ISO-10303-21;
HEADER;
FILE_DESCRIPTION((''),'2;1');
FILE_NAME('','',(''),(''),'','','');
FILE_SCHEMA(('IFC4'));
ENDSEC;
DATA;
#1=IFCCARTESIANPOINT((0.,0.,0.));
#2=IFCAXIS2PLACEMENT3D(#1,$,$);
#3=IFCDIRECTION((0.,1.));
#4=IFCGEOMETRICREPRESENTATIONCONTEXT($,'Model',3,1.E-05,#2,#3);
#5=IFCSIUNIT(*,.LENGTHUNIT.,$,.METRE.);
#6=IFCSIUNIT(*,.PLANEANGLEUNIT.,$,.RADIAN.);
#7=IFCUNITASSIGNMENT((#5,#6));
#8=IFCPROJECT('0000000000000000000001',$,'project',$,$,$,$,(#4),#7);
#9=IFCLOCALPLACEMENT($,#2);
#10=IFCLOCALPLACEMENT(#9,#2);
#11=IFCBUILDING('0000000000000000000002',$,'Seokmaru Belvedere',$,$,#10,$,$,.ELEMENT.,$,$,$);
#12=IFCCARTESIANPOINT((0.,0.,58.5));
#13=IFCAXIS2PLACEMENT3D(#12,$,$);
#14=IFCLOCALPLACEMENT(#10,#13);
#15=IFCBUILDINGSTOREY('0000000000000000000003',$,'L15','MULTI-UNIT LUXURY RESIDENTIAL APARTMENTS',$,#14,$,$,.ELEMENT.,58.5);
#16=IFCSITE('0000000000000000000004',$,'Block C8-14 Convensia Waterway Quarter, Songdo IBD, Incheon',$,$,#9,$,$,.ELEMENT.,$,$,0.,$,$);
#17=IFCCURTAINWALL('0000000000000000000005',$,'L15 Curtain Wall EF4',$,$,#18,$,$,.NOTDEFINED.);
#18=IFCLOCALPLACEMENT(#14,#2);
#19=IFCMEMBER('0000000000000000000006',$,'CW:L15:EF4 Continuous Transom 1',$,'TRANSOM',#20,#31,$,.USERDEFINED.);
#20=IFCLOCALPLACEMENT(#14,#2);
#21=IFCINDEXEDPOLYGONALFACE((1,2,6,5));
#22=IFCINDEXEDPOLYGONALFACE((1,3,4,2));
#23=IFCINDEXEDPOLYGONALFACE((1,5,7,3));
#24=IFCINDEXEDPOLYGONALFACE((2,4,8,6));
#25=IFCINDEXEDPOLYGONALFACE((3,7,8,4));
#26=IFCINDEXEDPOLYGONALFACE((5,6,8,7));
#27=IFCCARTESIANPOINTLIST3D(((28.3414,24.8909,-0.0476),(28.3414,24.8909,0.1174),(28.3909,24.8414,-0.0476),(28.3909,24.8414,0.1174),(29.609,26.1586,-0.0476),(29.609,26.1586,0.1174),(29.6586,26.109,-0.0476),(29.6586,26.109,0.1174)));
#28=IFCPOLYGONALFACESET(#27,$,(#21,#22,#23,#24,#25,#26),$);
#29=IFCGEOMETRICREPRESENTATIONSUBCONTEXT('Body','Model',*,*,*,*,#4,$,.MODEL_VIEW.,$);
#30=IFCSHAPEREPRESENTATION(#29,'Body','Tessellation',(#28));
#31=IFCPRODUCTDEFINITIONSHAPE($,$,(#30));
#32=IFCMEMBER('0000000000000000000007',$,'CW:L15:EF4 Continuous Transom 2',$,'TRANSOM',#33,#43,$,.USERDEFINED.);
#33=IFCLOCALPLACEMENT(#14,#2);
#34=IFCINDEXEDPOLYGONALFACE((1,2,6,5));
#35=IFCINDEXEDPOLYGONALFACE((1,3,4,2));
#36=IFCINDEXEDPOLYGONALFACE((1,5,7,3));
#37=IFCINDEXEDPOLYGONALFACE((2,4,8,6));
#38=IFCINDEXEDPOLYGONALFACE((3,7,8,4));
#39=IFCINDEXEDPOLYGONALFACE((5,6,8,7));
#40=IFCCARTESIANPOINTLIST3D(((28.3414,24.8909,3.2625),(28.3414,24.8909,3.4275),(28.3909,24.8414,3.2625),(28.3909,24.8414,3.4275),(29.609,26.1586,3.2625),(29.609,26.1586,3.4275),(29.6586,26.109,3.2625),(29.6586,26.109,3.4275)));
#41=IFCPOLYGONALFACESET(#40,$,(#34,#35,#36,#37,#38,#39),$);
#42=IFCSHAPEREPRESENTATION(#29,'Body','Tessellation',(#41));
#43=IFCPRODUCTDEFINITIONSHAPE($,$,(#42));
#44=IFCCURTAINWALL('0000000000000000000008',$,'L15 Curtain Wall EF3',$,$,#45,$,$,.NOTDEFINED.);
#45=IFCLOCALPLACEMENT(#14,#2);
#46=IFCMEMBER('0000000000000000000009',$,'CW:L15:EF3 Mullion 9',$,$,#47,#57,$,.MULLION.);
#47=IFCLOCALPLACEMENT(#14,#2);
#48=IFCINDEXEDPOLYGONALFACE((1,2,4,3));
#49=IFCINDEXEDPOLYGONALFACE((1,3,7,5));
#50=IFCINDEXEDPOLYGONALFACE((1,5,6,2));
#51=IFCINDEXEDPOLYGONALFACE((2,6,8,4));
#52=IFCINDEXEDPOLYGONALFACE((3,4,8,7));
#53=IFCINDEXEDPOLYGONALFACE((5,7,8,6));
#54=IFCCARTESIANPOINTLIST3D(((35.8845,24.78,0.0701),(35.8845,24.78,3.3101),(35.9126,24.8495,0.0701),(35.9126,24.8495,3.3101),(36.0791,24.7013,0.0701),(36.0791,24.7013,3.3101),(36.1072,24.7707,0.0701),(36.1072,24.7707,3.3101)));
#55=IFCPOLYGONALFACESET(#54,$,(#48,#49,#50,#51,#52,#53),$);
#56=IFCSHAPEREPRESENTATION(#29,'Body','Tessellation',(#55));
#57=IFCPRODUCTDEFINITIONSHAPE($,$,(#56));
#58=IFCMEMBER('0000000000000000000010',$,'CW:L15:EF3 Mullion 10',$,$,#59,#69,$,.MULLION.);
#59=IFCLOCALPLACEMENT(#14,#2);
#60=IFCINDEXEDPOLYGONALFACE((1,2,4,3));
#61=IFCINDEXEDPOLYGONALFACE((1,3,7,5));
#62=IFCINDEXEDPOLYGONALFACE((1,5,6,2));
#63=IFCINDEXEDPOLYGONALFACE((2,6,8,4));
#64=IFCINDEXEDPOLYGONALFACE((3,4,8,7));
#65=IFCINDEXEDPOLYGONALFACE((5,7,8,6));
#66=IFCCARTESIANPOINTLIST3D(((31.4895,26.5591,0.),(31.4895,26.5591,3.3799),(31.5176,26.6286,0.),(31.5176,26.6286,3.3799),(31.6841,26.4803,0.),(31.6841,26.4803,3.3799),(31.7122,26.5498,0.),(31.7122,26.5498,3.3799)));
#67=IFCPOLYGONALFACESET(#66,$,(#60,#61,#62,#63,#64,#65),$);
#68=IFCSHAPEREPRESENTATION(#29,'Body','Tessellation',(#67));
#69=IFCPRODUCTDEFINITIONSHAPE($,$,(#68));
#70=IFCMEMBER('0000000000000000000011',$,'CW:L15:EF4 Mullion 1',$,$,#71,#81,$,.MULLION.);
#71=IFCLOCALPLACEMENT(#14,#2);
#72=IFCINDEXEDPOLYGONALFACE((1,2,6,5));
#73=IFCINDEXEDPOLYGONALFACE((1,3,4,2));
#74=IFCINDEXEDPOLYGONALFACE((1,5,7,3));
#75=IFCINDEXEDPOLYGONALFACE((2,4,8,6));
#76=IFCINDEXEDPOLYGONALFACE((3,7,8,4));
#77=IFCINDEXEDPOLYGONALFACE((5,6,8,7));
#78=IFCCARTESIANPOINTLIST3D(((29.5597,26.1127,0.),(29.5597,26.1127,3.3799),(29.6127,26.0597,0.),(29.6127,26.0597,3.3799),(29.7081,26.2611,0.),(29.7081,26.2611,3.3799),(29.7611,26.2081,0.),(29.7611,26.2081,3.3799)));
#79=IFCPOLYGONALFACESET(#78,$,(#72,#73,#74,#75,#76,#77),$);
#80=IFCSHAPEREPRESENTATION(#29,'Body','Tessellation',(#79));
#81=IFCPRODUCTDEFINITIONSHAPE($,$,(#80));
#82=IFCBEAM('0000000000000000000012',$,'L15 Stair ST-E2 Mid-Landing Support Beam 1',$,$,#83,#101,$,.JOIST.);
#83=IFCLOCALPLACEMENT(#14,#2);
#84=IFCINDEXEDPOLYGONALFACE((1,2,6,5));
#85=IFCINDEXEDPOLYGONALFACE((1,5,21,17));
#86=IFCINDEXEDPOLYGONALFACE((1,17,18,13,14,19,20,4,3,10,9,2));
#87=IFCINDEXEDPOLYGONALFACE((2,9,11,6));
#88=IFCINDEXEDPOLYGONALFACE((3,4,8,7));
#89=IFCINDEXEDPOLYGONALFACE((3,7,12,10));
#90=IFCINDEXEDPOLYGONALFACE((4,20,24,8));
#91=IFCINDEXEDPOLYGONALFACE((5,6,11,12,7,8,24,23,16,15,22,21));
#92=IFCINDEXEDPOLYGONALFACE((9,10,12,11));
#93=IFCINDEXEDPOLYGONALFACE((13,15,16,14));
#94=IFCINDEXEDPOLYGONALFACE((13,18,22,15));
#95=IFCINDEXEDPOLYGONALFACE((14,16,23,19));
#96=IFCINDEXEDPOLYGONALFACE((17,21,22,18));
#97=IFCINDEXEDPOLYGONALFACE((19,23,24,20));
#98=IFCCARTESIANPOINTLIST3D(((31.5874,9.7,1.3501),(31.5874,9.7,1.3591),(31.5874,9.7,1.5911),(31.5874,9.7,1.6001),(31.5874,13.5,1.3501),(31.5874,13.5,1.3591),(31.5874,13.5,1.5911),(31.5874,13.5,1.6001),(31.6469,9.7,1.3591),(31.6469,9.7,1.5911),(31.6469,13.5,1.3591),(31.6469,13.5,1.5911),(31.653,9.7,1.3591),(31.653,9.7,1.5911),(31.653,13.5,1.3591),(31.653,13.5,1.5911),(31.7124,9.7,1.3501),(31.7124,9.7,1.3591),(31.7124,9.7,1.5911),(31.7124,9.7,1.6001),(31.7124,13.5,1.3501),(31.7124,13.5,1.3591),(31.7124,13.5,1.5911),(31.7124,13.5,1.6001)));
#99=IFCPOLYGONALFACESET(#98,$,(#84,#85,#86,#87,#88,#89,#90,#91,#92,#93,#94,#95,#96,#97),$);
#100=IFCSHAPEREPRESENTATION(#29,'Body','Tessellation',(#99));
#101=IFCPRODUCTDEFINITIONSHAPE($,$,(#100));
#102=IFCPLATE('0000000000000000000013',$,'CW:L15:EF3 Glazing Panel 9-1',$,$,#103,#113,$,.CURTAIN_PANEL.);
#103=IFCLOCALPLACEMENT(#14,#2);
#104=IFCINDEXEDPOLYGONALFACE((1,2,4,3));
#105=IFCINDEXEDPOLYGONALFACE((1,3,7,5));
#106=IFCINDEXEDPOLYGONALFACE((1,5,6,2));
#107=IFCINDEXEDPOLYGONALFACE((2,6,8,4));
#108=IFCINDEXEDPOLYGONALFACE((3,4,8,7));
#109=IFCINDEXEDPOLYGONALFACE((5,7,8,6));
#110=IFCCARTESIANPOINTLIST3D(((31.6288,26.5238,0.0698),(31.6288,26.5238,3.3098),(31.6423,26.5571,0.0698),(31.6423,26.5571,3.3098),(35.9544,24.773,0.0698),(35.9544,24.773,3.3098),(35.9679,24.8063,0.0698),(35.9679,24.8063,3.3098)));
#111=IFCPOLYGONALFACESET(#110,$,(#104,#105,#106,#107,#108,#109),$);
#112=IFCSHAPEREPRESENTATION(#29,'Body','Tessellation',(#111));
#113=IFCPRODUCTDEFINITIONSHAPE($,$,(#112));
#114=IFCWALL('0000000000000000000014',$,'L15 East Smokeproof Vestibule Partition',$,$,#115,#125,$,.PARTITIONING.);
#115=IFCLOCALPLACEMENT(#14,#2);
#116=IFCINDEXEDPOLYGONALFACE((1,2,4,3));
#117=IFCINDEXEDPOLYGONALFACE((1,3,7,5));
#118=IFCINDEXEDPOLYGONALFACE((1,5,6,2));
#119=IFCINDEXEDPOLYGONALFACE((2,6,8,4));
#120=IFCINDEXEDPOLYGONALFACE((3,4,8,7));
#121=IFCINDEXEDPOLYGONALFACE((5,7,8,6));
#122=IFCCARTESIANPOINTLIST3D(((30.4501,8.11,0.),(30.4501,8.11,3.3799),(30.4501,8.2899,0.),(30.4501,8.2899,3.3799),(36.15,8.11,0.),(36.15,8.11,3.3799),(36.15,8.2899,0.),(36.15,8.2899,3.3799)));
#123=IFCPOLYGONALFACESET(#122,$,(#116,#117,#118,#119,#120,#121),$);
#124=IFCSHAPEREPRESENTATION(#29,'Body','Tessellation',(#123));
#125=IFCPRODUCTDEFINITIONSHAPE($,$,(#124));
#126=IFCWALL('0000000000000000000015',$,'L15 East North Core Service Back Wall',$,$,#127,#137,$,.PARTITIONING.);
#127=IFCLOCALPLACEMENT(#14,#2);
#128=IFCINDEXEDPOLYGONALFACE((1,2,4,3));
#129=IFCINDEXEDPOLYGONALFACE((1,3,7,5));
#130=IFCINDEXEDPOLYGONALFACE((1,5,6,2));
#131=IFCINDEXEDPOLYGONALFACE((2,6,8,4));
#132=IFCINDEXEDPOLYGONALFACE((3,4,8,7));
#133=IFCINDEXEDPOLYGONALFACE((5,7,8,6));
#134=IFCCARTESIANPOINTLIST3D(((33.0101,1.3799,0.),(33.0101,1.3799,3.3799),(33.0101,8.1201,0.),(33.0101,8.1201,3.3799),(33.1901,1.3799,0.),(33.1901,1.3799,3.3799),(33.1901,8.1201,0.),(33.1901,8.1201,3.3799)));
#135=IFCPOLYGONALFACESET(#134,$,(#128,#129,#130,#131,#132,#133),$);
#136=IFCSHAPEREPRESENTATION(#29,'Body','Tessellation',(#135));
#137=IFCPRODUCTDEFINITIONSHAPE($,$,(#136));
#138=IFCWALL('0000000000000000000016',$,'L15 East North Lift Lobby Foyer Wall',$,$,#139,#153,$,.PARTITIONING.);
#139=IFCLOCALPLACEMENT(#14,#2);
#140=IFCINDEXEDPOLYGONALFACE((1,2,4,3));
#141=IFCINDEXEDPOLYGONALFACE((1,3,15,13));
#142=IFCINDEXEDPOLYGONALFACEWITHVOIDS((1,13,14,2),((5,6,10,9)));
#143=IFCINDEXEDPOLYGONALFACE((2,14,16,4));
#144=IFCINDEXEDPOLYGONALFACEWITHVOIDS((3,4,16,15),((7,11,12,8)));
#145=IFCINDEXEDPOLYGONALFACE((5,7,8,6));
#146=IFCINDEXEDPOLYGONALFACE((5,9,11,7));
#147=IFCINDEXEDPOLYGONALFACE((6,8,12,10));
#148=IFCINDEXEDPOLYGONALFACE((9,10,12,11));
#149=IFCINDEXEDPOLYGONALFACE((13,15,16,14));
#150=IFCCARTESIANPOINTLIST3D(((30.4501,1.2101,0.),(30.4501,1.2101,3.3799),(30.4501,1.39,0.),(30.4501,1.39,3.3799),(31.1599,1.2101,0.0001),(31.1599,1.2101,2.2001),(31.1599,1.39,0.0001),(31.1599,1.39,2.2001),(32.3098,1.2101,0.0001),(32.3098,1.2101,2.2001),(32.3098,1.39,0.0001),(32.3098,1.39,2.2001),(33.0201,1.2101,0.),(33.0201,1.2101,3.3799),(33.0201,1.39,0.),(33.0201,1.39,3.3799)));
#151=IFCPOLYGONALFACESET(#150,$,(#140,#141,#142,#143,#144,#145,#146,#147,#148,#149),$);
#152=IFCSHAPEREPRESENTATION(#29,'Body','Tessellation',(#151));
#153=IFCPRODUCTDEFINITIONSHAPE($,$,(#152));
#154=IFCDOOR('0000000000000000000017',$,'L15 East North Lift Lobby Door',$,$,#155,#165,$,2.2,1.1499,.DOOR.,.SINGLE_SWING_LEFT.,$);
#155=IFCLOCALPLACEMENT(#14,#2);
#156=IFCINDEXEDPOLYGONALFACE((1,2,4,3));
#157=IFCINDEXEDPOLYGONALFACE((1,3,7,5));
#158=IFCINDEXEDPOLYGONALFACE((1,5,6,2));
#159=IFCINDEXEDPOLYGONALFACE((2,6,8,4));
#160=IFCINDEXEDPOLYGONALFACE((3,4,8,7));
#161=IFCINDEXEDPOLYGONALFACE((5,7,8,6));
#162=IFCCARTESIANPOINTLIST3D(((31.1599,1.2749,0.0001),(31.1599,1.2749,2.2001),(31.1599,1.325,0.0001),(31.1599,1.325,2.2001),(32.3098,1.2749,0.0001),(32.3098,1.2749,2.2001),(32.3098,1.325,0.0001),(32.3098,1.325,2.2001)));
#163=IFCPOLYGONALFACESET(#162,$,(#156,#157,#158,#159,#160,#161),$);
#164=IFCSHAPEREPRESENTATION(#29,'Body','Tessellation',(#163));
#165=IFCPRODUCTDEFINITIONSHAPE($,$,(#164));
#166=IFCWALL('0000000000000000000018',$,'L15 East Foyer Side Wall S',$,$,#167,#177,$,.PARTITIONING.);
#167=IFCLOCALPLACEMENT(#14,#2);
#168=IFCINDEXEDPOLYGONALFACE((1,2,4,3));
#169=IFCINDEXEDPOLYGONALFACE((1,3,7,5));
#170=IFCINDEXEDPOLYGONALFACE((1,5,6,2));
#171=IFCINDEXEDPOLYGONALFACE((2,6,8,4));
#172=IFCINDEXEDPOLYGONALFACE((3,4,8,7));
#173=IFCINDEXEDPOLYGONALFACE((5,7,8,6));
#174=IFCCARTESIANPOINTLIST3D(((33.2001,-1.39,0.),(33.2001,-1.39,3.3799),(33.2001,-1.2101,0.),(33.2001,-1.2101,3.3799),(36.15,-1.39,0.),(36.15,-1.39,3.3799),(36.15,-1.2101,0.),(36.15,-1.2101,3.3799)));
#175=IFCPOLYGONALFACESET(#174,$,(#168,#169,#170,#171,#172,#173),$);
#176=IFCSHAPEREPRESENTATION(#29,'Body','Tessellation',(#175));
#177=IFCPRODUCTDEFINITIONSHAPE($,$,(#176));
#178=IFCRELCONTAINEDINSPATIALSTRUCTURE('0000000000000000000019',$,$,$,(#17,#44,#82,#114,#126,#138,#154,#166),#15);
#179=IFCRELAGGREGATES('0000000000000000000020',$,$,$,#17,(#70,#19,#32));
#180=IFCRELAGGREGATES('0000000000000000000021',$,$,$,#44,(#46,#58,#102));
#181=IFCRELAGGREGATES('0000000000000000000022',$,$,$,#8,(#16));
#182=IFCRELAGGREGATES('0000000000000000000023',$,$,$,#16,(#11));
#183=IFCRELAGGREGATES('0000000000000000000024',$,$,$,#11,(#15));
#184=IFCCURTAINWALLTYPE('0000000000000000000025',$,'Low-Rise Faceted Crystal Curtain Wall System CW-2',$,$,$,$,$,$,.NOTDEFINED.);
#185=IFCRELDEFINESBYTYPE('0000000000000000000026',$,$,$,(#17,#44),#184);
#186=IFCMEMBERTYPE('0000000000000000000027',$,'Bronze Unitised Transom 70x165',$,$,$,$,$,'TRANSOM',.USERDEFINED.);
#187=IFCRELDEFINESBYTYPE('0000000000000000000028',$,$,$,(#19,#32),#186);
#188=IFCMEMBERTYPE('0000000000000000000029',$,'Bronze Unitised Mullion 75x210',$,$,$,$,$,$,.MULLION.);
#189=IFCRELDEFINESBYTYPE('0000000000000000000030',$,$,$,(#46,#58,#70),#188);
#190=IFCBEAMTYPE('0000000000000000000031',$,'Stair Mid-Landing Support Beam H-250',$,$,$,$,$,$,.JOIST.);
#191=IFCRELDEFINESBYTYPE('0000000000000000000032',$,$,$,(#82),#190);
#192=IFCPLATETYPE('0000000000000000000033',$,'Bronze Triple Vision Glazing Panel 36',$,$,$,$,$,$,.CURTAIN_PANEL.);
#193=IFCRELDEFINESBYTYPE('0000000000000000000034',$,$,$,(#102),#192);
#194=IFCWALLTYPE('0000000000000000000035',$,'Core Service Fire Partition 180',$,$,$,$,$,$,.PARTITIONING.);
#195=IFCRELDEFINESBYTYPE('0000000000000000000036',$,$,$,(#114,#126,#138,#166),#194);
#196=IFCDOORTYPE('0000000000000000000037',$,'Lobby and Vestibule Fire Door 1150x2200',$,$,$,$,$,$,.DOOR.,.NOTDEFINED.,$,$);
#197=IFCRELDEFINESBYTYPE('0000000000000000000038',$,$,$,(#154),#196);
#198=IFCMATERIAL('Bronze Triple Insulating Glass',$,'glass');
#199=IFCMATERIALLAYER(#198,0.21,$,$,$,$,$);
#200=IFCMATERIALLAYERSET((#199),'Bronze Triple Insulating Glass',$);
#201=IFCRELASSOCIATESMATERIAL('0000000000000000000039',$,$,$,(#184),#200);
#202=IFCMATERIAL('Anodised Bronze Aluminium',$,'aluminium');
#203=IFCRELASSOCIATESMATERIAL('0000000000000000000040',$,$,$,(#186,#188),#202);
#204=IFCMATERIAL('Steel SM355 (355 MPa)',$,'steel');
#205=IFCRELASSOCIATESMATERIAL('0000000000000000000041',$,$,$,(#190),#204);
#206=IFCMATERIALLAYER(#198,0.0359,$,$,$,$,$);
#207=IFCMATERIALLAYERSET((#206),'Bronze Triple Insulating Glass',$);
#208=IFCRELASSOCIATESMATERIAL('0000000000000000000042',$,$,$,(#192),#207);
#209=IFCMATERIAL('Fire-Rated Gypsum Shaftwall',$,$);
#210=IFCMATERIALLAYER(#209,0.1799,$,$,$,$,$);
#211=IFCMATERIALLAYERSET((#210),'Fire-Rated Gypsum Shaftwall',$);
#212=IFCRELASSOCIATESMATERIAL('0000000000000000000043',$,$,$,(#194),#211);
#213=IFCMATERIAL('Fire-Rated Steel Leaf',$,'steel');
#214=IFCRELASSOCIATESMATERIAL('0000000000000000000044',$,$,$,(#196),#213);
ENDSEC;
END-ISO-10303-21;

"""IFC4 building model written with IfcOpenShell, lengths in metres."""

from ifc_helpers import new_model, si_unit, direction, frame, frame_2d, origin, origin_2d, place, context, subcontext, project, spatial, rectangle, i_section, extrude, source, transform, mapped, material, layer, layer_set, material_profile, profile_set, type_object, type_shapes, element, fill, aggregate, save


model = new_model("IFC4")

# Units and contexts
model_context = context("Model", 3, precision=1e-05, world=origin(), true_north=direction((0.0, 1.0)))
body_context = subcontext(model_context, "Body", "Model", "MODEL_VIEW")
ifc_project = project(units=[si_unit("LENGTHUNIT", "METRE"), si_unit("PLANEANGLEUNIT", "RADIAN")], contexts=[model_context])

# Site, building, storey
site_placement = place(None, origin())
site = spatial("IfcSite", under=ifc_project, at=site_placement, Name="Block C8-14 Convensia Waterway Quarter, Songdo IBD, Incheon", CompositionType="ELEMENT", RefElevation=0.0)
building_placement = place(site_placement, origin())
building = spatial("IfcBuilding", under=site, at=building_placement, Name="Seokmaru Belvedere", CompositionType="ELEMENT")
storey_placement = place(building_placement, frame((0.0, 0.0, 58.5)))
storey = spatial("IfcBuildingStorey", under=building, at=storey_placement, Name="L15", Description="MULTI-UNIT LUXURY RESIDENTIAL APARTMENTS", CompositionType="ELEMENT", Elevation=58.5)

# Shared definitions
ifc_material_1 = material(Name="Steel SM355 (355 MPa)", Category="steel")

# Curtain walls, members
ifc_material_2 = material(Name="Bronze Triple Insulating Glass", Category="glass")
ifc_layer_1 = layer(ifc_material_2, 0.21)
ifc_layer_set_1 = layer_set([ifc_layer_1], Name="Bronze Triple Insulating Glass")
curtain_wall_type = type_object("IfcCurtainWallType", Name="Low-Rise Faceted Crystal Curtain Wall System CW-2", PredefinedType="NOTDEFINED", material=ifc_layer_set_1)
curtain_wall_1_placement = place(storey_placement, origin())
curtain_wall_1 = element("IfcCurtainWall", 1, at=curtain_wall_1_placement, inside=storey, type_object=curtain_wall_type, Name="L15 Curtain Wall EF4", PredefinedType="NOTDEFINED")
ifc_material_3 = material(Name="Anodised Bronze Aluminium", Category="aluminium")
ifc_material_profile_1 = material_profile(ifc_material_3, rectangle(XDim=0.0701, YDim=0.165, at=origin_2d()), Name="CW-T-70x165")
ifc_profile_set_1 = profile_set([ifc_material_profile_1], Name="Anodised Bronze Aluminium")
member_type_1 = type_object("IfcMemberType", Name="Bronze Unitised Transom 70x165", ElementType="TRANSOM", PredefinedType="USERDEFINED", material=ifc_profile_set_1)
shared_shape_1 = source(origin(), body_context, "Body", "SweptSolid", [
    extrude(rectangle(XDim=0.0701, YDim=0.165, at=origin_2d()), origin(), (0.0, 0.0, 1.0), 1.7927),
])
type_shapes(member_type_1, [shared_shape_1])
member_1_placement = place(storey_placement, frame((29.6338, 26.1338, 0.0349), z_axis=(-0.707107, -0.707107, 0.0), x_axis=(0.707107, -0.707107, 0.0)))
member_1 = element("IfcMember", 2, at=member_1_placement, type_object=member_type_1, Name="CW:L15:EF4 Continuous Transom 1", ObjectType="TRANSOM", PredefinedType="USERDEFINED", context=body_context, shape_type="MappedRepresentation", body=[
    mapped(shared_shape_1, transform((0.0, 0.0, 0.0), scale=1.0)),
])
member_2_placement = place(storey_placement, frame((29.6338, 26.1338, 3.345), z_axis=(-0.707107, -0.707107, 0.0), x_axis=(0.707107, -0.707107, 0.0)))
member_2 = element("IfcMember", 3, at=member_2_placement, type_object=member_type_1, Name="CW:L15:EF4 Continuous Transom 2", ObjectType="TRANSOM", PredefinedType="USERDEFINED", context=body_context, shape_type="MappedRepresentation", body=[
    mapped(shared_shape_1, transform((0.0, 0.0, 0.0), scale=1.0)),
])
curtain_wall_2_placement = place(storey_placement, origin())
curtain_wall_2 = element("IfcCurtainWall", 4, at=curtain_wall_2_placement, inside=storey, type_object=curtain_wall_type, Name="L15 Curtain Wall EF3", PredefinedType="NOTDEFINED")
ifc_material_profile_2 = material_profile(ifc_material_3, rectangle(XDim=0.075, YDim=0.21, at=origin_2d()), Name="CW-M-75x210")
ifc_profile_set_2 = profile_set([ifc_material_profile_2], Name="Anodised Bronze Aluminium")
member_type_2 = type_object("IfcMemberType", Name="Bronze Unitised Mullion 75x210", PredefinedType="MULLION", material=ifc_profile_set_2)
shared_shape_2 = source(origin(), body_context, "Body", "SweptSolid", [
    extrude(rectangle(XDim=0.075, YDim=0.21, at=origin_2d()), origin(), (0.0, 0.0, 1.0), 3.24),
])
member_3_placement = place(storey_placement, frame((35.9958, 24.7754, 0.0701), z_axis=(0.0, 0.0, 1.0), x_axis=(-0.375192, -0.926947, 0.0)))
member_3 = element("IfcMember", 5, at=member_3_placement, type_object=member_type_2, Name="CW:L15:EF3 Mullion 9", PredefinedType="MULLION", context=body_context, shape_type="MappedRepresentation", body=[
    mapped(shared_shape_2, transform((0.0, 0.0, 0.0), scale=1.0)),
])
shared_shape_3 = source(origin(), body_context, "Body", "SweptSolid", [
    extrude(rectangle(XDim=0.075, YDim=0.21, at=origin_2d()), origin(), (0.0, 0.0, 1.0), 3.3799),
])
type_shapes(member_type_2, [shared_shape_2, shared_shape_3])
member_4_placement = place(storey_placement, frame((31.6008, 26.5544, 0.0), z_axis=(0.0, 0.0, 1.0), x_axis=(-0.375192, -0.926947, 0.0)))
member_4 = element("IfcMember", 6, at=member_4_placement, type_object=member_type_2, Name="CW:L15:EF3 Mullion 10", PredefinedType="MULLION", context=body_context, shape_type="MappedRepresentation", body=[
    mapped(shared_shape_3, transform((0.0, 0.0, 0.0), scale=1.0)),
])

# Member
member_5_placement = place(storey_placement, frame((29.6604, 26.1604, 0.0), z_axis=(0.0, 0.0, 1.0), x_axis=(0.707107, -0.707107, 0.0)))
member_5 = element("IfcMember", 7, at=member_5_placement, type_object=member_type_2, Name="CW:L15:EF4 Mullion 1", PredefinedType="MULLION", context=body_context, shape_type="MappedRepresentation", body=[
    mapped(shared_shape_3, transform((0.0, 0.0, 0.0), scale=1.0)),
])
aggregate(curtain_wall_1, [member_5, member_1, member_2])

# Beam
ifc_material_profile_3 = material_profile(ifc_material_1, i_section(OverallWidth=0.125, OverallDepth=0.25, WebThickness=0.0061, FlangeThickness=0.009, at=origin_2d()), Name="H-250x125x6x9")
ifc_profile_set_3 = profile_set([ifc_material_profile_3], Name="Steel SM355 (355 MPa)")
beam_type_1 = type_object("IfcBeamType", Name="Stair Mid-Landing Support Beam H-250", PredefinedType="JOIST", material=ifc_profile_set_3)
shared_shape_4 = source(origin(), body_context, "Body", "SweptSolid", [
    extrude(i_section(OverallWidth=0.125, OverallDepth=0.25, WebThickness=0.0061, FlangeThickness=0.009, at=origin_2d()), origin(), (0.0, 0.0, 1.0), 3.8),
])
type_shapes(beam_type_1, [shared_shape_4])
beam_1_placement = place(storey_placement, frame((31.6499, 9.7, 1.4751), z_axis=(0.0, 1.0, 0.0), x_axis=(-1.0, 0.0, 0.0)))
element("IfcBeam", 8, at=beam_1_placement, inside=storey, type_object=beam_type_1, Name="L15 Stair ST-E2 Mid-Landing Support Beam 1", PredefinedType="JOIST", context=body_context, shape_type="MappedRepresentation", body=[
    mapped(shared_shape_4, transform((0.0, 0.0, 0.0), scale=1.0)),
])

# Plate
ifc_layer_2 = layer(ifc_material_2, 0.0359)
ifc_layer_set_2 = layer_set([ifc_layer_2], Name="Bronze Triple Insulating Glass")
plate_type = type_object("IfcPlateType", Name="Bronze Triple Vision Glazing Panel 36", PredefinedType="CURTAIN_PANEL", material=ifc_layer_set_2)
shared_shape_5 = source(origin(), body_context, "Body", "SweptSolid", [
    extrude(rectangle(XDim=4.6665, YDim=0.0359, at=origin_2d()), origin(), (0.0, 0.0, 1.0), 3.24),
])
type_shapes(plate_type, [shared_shape_5])
plate_placement = place(storey_placement, frame((33.7983, 25.665, 0.0698), z_axis=(0.0, 0.0, 1.0), x_axis=(-0.926947, 0.375192, 0.0)))
plate = element("IfcPlate", 9, at=plate_placement, type_object=plate_type, Name="CW:L15:EF3 Glazing Panel 9-1", PredefinedType="CURTAIN_PANEL", context=body_context, shape_type="MappedRepresentation", body=[
    mapped(shared_shape_5, transform((0.0, 0.0, 0.0), scale=1.0)),
])
aggregate(curtain_wall_2, [member_3, member_4, plate])

# Walls
ifc_material_4 = material(Name="Fire-Rated Gypsum Shaftwall")
ifc_layer_3 = layer(ifc_material_4, 0.1799)
ifc_layer_set_3 = layer_set([ifc_layer_3], Name="Fire-Rated Gypsum Shaftwall")
wall_type_1 = type_object("IfcWallType", Name="Core Service Fire Partition 180", PredefinedType="PARTITIONING", material=ifc_layer_set_3)
wall_1_placement = place(storey_placement, frame((30.45, 8.2, 0.0), z_axis=(0.0, 0.0, 1.0), x_axis=(1.0, 0.0, 0.0)))
element("IfcWall", 10, at=wall_1_placement, inside=storey, type_object=wall_type_1, Name="L15 East Smokeproof Vestibule Partition", PredefinedType="PARTITIONING", context=body_context, shape_type="SweptSolid", body=[
    extrude(rectangle(XDim=5.7, YDim=0.1799, at=frame_2d((2.8501, 0.0))), origin(), (0.0, 0.0, 1.0), 3.3799),
])
wall_2_placement = place(storey_placement, frame((33.1001, 1.3799, 0.0), z_axis=(0.0, 0.0, 1.0), x_axis=(0.0, 1.0, 0.0)))
element("IfcWall", 11, at=wall_2_placement, inside=storey, type_object=wall_type_1, Name="L15 East North Core Service Back Wall", PredefinedType="PARTITIONING", context=body_context, shape_type="SweptSolid", body=[
    extrude(rectangle(XDim=6.7402, YDim=0.1799, at=frame_2d((3.3701, 0.0))), origin(), (0.0, 0.0, 1.0), 3.3799),
])

# Wall, opening, door
wall_3_placement = place(storey_placement, frame((30.45, 1.3, 0.0), z_axis=(0.0, 0.0, 1.0), x_axis=(1.0, 0.0, 0.0)))
wall_3 = element("IfcWall", 12, at=wall_3_placement, inside=storey, type_object=wall_type_1, Name="L15 East North Lift Lobby Foyer Wall", PredefinedType="PARTITIONING", context=body_context, shape_type="SweptSolid", body=[
    extrude(rectangle(XDim=2.5701, YDim=0.1799, at=frame_2d((1.2852, 0.0))), origin(), (0.0, 0.0, 1.0), 3.3799),
])
opening_1_placement = place(wall_3_placement, frame((0.71, 0.0, 0.0)))
opening_1 = element("IfcOpeningElement", 13, at=opening_1_placement, cuts=wall_3, PredefinedType="OPENING", context=body_context, shape_type="SweptSolid", body=[
    extrude(rectangle(XDim=1.1499, YDim=2.2, at=frame_2d((0.575, 1.1001))), frame((0.0, 0.1001, 0.0), z_axis=(0.0, -1.0, 0.0), x_axis=(1.0, 0.0, 0.0)), (0.0, 0.0, 1.0), 0.2),
])
ifc_material_5 = material(Name="Fire-Rated Steel Leaf", Category="steel")
door_type_1 = type_object("IfcDoorType", Name="Lobby and Vestibule Fire Door 1150x2200", OperationType="NOTDEFINED", PredefinedType="DOOR", material=ifc_material_5)
shared_shape_6 = source(origin(), body_context, "Body", "SweptSolid", [
    extrude(rectangle(XDim=1.1499, YDim=2.2, at=frame_2d((0.575, 1.1001))), frame((0.0, 0.0249, 0.0), z_axis=(0.0, -1.0, 0.0), x_axis=(1.0, 0.0, 0.0)), (0.0, 0.0, 1.0), 0.05),
])
type_shapes(door_type_1, [shared_shape_6])
door_1_placement = place(opening_1_placement, origin())
door_1 = element("IfcDoor", 14, at=door_1_placement, inside=storey, type_object=door_type_1, Name="L15 East North Lift Lobby Door", OperationType="SINGLE_SWING_LEFT", OverallHeight=2.2, OverallWidth=1.1499, PredefinedType="DOOR", context=body_context, shape_type="MappedRepresentation", body=[
    mapped(shared_shape_6, transform((0.0, 0.0, 0.0), scale=1.0)),
])
fill(opening_1, door_1)

# Wall
for number, where, z_axis, x_axis, name in (
    (15, (33.2, -1.3, 0.0), (0.0, 0.0, 1.0), (1.0, 0.0, 0.0), "L15 East Foyer Side Wall S"),
):
    element("IfcWall", number, at=place(storey_placement, frame(where, z_axis=z_axis, x_axis=x_axis)), inside=storey, type_object=wall_type_1, Name=name, PredefinedType="PARTITIONING", context=body_context, shape_type="SweptSolid", body=[
        extrude(rectangle(XDim=2.95, YDim=0.1799, at=frame_2d((1.4751, 0.0))), origin(), (0.0, 0.0, 1.0), 3.3799),
    ])

save(model, "model.ifc")
